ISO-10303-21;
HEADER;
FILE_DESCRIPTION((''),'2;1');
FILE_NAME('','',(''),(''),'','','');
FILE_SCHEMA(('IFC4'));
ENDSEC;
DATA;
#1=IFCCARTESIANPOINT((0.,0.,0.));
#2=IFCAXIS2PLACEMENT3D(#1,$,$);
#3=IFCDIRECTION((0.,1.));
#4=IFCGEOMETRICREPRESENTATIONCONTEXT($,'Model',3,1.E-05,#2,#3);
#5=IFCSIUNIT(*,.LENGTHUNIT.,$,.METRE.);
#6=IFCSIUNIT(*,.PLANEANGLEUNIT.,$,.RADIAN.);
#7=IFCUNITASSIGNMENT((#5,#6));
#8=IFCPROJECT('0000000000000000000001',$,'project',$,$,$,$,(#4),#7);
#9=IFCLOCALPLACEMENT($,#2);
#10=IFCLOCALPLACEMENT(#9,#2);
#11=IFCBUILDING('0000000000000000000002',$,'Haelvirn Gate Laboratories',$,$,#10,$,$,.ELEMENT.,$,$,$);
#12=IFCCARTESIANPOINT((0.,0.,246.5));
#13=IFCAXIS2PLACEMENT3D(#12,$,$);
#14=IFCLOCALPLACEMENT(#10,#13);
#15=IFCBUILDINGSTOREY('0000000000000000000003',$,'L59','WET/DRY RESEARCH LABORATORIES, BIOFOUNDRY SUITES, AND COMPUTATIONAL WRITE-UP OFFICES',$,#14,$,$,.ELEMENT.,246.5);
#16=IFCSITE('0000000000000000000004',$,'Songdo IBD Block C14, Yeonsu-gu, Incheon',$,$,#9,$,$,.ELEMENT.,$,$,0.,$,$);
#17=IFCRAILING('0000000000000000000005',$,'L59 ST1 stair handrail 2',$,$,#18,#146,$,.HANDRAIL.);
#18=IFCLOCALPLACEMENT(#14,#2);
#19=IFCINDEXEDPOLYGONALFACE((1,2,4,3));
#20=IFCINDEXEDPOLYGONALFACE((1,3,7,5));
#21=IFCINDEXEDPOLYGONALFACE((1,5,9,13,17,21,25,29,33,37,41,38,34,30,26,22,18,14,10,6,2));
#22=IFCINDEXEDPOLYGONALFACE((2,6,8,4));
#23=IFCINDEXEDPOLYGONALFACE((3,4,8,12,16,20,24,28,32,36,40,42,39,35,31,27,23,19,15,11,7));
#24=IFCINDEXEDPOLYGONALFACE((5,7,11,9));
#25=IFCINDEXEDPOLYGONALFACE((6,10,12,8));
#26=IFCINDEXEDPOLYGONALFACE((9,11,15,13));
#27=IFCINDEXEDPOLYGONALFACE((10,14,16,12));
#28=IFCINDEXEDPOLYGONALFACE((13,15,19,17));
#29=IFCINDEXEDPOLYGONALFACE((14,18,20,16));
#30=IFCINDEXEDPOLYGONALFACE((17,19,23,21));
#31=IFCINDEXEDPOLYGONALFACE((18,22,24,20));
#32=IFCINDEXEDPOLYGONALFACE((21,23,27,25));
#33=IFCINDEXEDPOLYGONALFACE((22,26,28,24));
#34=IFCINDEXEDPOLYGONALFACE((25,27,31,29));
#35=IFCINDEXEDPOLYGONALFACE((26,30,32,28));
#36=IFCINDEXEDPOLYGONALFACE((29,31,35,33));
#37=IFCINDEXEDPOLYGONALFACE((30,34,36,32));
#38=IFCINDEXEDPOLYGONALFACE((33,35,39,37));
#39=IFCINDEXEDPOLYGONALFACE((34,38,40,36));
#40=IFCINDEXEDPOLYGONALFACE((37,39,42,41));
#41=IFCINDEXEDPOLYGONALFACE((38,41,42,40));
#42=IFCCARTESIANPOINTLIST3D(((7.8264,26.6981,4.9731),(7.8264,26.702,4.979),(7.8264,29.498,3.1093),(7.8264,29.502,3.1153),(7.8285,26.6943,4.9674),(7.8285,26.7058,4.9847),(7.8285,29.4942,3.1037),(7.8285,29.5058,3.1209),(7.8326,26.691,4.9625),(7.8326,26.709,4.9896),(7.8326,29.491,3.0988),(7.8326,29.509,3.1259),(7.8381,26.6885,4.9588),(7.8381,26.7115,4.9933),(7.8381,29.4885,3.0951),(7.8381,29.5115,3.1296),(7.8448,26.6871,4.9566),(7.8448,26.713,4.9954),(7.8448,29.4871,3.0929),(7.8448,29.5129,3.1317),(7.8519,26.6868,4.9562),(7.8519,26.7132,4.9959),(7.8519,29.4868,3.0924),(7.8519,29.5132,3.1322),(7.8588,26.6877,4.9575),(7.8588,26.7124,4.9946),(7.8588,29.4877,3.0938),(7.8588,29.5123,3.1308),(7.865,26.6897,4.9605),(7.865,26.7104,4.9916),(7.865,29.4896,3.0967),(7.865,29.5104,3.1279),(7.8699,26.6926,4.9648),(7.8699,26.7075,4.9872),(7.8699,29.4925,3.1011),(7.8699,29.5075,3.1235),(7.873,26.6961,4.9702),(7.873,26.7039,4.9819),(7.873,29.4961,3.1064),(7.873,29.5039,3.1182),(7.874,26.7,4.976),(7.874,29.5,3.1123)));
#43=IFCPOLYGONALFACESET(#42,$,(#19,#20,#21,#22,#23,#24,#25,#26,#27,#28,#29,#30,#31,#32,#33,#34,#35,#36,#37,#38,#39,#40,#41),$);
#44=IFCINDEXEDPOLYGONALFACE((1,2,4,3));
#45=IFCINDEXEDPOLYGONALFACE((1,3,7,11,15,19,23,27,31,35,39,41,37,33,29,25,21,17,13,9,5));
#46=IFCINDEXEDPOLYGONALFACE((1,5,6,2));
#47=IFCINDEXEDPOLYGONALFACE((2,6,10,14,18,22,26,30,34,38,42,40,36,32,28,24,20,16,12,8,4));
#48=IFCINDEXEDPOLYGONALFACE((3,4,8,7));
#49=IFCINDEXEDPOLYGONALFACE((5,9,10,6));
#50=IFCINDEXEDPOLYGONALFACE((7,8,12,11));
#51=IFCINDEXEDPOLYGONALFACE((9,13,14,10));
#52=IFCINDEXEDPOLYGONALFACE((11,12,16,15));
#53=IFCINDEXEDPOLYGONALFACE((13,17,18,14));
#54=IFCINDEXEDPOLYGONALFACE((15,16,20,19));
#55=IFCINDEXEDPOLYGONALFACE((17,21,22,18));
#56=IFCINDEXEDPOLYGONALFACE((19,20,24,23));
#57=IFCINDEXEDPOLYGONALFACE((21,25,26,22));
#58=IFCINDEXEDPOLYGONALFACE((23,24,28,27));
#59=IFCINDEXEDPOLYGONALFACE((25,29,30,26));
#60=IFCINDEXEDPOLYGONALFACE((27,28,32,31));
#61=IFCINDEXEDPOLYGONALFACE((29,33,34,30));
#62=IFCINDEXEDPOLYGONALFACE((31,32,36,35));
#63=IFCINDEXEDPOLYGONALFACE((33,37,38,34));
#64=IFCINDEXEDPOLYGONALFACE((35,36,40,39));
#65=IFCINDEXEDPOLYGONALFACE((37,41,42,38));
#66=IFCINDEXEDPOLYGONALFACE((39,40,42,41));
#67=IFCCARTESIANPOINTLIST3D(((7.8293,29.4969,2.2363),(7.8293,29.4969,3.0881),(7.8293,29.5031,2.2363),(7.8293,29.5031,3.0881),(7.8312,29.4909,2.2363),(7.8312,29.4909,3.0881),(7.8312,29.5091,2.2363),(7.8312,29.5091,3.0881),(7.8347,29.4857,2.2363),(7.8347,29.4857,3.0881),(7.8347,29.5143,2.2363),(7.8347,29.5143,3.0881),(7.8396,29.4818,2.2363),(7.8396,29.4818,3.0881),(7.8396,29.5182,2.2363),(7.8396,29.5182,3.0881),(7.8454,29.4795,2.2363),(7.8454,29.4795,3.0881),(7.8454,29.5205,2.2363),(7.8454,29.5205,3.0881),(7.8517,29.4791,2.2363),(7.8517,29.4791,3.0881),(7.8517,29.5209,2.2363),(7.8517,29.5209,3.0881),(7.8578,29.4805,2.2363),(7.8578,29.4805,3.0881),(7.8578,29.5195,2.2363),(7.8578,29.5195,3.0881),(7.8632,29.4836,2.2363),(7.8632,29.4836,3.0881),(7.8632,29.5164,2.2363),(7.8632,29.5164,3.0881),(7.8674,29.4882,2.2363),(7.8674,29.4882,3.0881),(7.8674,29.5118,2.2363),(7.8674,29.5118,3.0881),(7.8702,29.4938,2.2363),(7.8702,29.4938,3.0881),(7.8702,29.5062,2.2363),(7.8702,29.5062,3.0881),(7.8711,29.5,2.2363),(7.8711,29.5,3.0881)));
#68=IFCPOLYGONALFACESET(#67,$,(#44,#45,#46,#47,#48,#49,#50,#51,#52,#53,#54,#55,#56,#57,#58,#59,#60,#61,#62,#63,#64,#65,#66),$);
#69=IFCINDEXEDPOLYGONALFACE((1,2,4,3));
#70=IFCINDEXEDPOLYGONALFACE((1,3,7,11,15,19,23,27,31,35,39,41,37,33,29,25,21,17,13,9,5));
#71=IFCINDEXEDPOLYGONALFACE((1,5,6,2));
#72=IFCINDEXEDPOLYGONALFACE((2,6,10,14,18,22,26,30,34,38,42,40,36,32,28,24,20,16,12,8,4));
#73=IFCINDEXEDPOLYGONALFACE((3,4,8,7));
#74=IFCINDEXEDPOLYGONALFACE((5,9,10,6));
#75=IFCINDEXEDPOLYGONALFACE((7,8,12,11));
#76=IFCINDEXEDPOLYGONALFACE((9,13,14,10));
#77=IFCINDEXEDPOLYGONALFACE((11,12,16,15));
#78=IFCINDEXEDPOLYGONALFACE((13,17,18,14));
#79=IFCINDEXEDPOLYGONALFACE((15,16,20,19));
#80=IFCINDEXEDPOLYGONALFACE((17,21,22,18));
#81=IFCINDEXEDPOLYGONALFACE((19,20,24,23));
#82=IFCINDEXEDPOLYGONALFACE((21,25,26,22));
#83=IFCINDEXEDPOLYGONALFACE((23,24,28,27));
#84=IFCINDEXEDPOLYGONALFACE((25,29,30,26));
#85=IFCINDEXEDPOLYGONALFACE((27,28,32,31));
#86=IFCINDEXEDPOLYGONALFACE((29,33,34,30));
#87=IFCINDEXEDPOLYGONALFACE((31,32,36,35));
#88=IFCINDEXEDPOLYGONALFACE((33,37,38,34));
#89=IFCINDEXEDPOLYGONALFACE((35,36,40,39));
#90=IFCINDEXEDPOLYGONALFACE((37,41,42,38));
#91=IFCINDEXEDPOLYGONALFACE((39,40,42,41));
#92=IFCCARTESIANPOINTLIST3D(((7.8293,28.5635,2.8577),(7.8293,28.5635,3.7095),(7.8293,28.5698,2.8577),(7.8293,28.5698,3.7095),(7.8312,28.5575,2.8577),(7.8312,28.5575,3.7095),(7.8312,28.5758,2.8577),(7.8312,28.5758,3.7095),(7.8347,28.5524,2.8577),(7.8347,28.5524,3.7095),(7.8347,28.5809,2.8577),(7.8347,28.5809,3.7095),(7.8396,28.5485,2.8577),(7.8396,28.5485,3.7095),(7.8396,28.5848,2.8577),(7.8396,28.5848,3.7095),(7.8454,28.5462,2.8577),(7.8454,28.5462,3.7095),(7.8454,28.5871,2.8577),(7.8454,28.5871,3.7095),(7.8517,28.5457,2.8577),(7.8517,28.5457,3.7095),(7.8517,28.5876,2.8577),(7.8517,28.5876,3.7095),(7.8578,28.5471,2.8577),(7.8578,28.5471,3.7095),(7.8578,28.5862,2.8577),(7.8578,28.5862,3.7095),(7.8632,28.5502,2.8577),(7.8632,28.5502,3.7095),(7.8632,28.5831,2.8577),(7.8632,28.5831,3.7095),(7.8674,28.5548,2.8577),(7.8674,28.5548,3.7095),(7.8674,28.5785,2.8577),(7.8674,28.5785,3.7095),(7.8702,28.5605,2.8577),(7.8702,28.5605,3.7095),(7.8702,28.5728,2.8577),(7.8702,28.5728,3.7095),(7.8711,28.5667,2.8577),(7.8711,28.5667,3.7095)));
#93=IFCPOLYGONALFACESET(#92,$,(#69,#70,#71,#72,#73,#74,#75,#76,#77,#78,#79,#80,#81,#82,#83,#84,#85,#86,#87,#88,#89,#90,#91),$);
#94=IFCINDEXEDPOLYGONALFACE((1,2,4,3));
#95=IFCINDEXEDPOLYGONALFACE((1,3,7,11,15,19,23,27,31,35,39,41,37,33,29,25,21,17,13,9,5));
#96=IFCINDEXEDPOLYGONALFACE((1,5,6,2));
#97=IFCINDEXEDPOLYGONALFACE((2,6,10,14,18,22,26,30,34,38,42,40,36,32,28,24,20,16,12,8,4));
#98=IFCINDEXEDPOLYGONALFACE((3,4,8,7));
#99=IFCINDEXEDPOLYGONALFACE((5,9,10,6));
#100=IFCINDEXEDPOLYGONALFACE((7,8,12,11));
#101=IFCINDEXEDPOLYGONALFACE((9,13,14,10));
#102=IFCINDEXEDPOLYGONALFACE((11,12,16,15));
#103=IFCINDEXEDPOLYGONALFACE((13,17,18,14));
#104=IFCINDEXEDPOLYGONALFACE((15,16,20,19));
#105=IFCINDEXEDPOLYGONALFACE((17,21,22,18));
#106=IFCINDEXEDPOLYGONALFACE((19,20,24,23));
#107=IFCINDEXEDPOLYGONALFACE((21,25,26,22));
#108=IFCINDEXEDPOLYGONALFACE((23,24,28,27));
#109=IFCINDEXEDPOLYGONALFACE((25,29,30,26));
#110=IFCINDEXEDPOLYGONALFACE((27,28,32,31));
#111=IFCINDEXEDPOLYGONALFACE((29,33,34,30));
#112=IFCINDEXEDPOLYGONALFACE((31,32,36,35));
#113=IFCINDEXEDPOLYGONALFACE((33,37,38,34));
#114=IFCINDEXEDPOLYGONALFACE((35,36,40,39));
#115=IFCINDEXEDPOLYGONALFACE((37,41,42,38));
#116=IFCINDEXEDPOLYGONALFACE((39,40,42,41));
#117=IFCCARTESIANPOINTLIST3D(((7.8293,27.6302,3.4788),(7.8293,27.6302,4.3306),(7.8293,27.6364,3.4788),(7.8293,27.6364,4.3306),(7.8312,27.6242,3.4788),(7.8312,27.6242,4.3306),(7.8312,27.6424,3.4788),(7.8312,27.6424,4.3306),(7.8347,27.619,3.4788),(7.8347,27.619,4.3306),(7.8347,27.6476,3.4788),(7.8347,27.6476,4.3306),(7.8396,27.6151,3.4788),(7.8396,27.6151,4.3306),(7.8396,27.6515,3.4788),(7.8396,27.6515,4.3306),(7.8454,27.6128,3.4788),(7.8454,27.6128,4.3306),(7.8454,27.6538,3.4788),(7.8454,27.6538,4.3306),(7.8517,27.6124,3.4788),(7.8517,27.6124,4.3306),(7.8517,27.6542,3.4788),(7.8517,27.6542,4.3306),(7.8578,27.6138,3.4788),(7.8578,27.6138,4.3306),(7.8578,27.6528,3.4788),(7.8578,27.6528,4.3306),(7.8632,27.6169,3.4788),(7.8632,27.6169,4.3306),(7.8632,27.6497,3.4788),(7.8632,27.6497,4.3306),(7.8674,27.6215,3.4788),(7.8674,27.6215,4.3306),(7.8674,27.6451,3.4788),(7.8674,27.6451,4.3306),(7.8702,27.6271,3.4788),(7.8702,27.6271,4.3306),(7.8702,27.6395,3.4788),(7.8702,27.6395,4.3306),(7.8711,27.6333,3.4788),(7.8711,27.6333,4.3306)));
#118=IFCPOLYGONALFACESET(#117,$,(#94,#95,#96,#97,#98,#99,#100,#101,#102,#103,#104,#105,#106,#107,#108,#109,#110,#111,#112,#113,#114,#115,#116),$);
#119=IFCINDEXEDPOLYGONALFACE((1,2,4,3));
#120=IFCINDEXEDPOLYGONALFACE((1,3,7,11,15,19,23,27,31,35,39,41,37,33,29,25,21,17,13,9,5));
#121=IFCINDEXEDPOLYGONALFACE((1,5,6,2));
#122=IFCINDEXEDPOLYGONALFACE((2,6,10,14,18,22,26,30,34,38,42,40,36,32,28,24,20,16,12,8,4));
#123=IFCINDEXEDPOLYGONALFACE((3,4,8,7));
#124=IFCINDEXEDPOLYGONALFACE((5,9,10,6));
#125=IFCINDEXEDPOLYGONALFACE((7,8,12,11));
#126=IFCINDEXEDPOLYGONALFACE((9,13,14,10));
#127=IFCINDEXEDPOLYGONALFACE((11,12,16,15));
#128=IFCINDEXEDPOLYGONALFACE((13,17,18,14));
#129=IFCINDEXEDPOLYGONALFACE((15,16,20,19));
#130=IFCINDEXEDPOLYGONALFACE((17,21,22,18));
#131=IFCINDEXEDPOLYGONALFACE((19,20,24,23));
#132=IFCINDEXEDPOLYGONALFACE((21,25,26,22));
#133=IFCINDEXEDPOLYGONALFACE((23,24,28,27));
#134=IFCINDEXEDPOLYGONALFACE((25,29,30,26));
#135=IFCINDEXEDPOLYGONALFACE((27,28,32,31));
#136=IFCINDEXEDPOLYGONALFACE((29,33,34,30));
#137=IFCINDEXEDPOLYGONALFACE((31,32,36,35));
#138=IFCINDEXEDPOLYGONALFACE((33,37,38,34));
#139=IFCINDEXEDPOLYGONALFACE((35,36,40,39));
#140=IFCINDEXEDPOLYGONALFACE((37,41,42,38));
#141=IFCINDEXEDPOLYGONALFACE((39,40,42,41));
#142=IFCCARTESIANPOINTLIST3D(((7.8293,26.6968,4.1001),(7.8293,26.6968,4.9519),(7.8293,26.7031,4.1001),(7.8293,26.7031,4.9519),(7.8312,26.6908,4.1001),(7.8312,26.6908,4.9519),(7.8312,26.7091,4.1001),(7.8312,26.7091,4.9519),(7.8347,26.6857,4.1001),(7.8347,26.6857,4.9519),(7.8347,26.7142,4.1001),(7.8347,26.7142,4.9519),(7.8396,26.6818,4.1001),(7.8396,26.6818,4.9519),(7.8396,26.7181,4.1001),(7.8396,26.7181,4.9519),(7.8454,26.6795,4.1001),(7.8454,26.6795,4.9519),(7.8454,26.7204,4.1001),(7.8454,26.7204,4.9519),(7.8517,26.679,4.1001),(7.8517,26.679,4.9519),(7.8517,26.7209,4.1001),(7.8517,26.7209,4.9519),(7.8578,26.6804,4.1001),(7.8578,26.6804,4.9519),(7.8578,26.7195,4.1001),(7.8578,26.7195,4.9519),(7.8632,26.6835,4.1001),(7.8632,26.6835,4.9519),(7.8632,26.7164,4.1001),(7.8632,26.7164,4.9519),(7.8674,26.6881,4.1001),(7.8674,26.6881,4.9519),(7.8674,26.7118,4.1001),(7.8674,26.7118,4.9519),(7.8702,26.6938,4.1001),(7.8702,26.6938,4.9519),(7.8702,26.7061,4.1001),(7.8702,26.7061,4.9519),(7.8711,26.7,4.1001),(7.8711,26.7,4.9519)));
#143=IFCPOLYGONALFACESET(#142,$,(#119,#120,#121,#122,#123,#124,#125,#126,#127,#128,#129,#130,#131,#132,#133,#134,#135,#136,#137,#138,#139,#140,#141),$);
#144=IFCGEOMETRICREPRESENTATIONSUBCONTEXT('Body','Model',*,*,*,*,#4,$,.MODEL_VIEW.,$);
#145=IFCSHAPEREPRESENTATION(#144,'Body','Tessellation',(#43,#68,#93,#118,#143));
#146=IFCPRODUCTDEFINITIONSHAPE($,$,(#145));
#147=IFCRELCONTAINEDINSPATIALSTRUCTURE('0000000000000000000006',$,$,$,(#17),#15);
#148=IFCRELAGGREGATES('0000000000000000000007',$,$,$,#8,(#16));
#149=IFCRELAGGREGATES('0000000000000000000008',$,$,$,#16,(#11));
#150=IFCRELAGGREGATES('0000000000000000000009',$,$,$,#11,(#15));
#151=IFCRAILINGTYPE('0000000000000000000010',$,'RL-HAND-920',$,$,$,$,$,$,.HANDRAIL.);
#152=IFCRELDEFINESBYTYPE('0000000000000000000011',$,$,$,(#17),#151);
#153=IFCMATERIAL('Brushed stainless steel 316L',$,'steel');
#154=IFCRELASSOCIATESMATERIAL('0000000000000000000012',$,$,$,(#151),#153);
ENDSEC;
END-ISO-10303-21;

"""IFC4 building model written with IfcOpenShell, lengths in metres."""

from ifc_helpers import new_model, si_unit, direction, frame, origin, origin_2d, place, context, subcontext, project, spatial, circle, extrude, source, transform, mapped, material, type_object, element, save


model = new_model("IFC4")

# Units and contexts
model_context = context("Model", 3, precision=1e-05, world=origin(), true_north=direction((0.0, 1.0)))
body_context = subcontext(model_context, "Body", "Model", "MODEL_VIEW")
ifc_project = project(units=[si_unit("LENGTHUNIT", "METRE"), si_unit("PLANEANGLEUNIT", "RADIAN")], contexts=[model_context])

# Site, building, storey
site_placement = place(None, origin())
site = spatial("IfcSite", under=ifc_project, at=site_placement, Name="Songdo IBD Block C14, Yeonsu-gu, Incheon", CompositionType="ELEMENT", RefElevation=0.0)
building_placement = place(site_placement, origin())
building = spatial("IfcBuilding", under=site, at=building_placement, Name="Haelvirn Gate Laboratories", CompositionType="ELEMENT")
storey_placement = place(building_placement, frame((0.0, 0.0, 246.5)))
storey = spatial("IfcBuildingStorey", under=building, at=storey_placement, Name="L59", Description="WET/DRY RESEARCH LABORATORIES, BIOFOUNDRY SUITES, AND COMPUTATIONAL WRITE-UP OFFICES", CompositionType="ELEMENT", Elevation=246.5)

# Railing
ifc_material_1 = material(Name="Brushed stainless steel 316L", Category="steel")
railing_type_1 = type_object("IfcRailingType", Name="RL-HAND-920", PredefinedType="HANDRAIL", material=ifc_material_1)
shared_shape_1 = source(origin(), body_context, "Body", "SweptSolid", [
    extrude(circle(Radius=0.0239, at=origin_2d()), frame((0.0, 0.0, 0.876), z_axis=(0.0, -0.832452, 0.554097), x_axis=(1.0, 0.0, 0.0)), (0.0, 0.0, 1.0), 3.3635),
    extrude(circle(Radius=0.021, at=origin_2d()), origin(), (0.0, 0.0, 1.0), 0.8518),
    extrude(circle(Radius=0.021, at=origin_2d()), frame((0.0, -0.9333, 0.6213)), (0.0, 0.0, 1.0), 0.8518),
    extrude(circle(Radius=0.021, at=origin_2d()), frame((0.0, -1.8667, 1.2424)), (0.0, 0.0, 1.0), 0.8518),
    extrude(circle(Radius=0.021, at=origin_2d()), frame((0.0, -2.8, 1.8638)), (0.0, 0.0, 1.0), 0.8518),
])
railing_1_placement = place(storey_placement, frame((7.8501, 29.5, 2.2363)))
element("IfcRailing", 1, at=railing_1_placement, inside=storey, type_object=railing_type_1, Name="L59 ST1 stair handrail 2", PredefinedType="HANDRAIL", context=body_context, shape_type="MappedRepresentation", body=[
    mapped(shared_shape_1, transform((0.0, 0.0, 0.0), scale=1.0)),
])

save(model, "model.ifc")
